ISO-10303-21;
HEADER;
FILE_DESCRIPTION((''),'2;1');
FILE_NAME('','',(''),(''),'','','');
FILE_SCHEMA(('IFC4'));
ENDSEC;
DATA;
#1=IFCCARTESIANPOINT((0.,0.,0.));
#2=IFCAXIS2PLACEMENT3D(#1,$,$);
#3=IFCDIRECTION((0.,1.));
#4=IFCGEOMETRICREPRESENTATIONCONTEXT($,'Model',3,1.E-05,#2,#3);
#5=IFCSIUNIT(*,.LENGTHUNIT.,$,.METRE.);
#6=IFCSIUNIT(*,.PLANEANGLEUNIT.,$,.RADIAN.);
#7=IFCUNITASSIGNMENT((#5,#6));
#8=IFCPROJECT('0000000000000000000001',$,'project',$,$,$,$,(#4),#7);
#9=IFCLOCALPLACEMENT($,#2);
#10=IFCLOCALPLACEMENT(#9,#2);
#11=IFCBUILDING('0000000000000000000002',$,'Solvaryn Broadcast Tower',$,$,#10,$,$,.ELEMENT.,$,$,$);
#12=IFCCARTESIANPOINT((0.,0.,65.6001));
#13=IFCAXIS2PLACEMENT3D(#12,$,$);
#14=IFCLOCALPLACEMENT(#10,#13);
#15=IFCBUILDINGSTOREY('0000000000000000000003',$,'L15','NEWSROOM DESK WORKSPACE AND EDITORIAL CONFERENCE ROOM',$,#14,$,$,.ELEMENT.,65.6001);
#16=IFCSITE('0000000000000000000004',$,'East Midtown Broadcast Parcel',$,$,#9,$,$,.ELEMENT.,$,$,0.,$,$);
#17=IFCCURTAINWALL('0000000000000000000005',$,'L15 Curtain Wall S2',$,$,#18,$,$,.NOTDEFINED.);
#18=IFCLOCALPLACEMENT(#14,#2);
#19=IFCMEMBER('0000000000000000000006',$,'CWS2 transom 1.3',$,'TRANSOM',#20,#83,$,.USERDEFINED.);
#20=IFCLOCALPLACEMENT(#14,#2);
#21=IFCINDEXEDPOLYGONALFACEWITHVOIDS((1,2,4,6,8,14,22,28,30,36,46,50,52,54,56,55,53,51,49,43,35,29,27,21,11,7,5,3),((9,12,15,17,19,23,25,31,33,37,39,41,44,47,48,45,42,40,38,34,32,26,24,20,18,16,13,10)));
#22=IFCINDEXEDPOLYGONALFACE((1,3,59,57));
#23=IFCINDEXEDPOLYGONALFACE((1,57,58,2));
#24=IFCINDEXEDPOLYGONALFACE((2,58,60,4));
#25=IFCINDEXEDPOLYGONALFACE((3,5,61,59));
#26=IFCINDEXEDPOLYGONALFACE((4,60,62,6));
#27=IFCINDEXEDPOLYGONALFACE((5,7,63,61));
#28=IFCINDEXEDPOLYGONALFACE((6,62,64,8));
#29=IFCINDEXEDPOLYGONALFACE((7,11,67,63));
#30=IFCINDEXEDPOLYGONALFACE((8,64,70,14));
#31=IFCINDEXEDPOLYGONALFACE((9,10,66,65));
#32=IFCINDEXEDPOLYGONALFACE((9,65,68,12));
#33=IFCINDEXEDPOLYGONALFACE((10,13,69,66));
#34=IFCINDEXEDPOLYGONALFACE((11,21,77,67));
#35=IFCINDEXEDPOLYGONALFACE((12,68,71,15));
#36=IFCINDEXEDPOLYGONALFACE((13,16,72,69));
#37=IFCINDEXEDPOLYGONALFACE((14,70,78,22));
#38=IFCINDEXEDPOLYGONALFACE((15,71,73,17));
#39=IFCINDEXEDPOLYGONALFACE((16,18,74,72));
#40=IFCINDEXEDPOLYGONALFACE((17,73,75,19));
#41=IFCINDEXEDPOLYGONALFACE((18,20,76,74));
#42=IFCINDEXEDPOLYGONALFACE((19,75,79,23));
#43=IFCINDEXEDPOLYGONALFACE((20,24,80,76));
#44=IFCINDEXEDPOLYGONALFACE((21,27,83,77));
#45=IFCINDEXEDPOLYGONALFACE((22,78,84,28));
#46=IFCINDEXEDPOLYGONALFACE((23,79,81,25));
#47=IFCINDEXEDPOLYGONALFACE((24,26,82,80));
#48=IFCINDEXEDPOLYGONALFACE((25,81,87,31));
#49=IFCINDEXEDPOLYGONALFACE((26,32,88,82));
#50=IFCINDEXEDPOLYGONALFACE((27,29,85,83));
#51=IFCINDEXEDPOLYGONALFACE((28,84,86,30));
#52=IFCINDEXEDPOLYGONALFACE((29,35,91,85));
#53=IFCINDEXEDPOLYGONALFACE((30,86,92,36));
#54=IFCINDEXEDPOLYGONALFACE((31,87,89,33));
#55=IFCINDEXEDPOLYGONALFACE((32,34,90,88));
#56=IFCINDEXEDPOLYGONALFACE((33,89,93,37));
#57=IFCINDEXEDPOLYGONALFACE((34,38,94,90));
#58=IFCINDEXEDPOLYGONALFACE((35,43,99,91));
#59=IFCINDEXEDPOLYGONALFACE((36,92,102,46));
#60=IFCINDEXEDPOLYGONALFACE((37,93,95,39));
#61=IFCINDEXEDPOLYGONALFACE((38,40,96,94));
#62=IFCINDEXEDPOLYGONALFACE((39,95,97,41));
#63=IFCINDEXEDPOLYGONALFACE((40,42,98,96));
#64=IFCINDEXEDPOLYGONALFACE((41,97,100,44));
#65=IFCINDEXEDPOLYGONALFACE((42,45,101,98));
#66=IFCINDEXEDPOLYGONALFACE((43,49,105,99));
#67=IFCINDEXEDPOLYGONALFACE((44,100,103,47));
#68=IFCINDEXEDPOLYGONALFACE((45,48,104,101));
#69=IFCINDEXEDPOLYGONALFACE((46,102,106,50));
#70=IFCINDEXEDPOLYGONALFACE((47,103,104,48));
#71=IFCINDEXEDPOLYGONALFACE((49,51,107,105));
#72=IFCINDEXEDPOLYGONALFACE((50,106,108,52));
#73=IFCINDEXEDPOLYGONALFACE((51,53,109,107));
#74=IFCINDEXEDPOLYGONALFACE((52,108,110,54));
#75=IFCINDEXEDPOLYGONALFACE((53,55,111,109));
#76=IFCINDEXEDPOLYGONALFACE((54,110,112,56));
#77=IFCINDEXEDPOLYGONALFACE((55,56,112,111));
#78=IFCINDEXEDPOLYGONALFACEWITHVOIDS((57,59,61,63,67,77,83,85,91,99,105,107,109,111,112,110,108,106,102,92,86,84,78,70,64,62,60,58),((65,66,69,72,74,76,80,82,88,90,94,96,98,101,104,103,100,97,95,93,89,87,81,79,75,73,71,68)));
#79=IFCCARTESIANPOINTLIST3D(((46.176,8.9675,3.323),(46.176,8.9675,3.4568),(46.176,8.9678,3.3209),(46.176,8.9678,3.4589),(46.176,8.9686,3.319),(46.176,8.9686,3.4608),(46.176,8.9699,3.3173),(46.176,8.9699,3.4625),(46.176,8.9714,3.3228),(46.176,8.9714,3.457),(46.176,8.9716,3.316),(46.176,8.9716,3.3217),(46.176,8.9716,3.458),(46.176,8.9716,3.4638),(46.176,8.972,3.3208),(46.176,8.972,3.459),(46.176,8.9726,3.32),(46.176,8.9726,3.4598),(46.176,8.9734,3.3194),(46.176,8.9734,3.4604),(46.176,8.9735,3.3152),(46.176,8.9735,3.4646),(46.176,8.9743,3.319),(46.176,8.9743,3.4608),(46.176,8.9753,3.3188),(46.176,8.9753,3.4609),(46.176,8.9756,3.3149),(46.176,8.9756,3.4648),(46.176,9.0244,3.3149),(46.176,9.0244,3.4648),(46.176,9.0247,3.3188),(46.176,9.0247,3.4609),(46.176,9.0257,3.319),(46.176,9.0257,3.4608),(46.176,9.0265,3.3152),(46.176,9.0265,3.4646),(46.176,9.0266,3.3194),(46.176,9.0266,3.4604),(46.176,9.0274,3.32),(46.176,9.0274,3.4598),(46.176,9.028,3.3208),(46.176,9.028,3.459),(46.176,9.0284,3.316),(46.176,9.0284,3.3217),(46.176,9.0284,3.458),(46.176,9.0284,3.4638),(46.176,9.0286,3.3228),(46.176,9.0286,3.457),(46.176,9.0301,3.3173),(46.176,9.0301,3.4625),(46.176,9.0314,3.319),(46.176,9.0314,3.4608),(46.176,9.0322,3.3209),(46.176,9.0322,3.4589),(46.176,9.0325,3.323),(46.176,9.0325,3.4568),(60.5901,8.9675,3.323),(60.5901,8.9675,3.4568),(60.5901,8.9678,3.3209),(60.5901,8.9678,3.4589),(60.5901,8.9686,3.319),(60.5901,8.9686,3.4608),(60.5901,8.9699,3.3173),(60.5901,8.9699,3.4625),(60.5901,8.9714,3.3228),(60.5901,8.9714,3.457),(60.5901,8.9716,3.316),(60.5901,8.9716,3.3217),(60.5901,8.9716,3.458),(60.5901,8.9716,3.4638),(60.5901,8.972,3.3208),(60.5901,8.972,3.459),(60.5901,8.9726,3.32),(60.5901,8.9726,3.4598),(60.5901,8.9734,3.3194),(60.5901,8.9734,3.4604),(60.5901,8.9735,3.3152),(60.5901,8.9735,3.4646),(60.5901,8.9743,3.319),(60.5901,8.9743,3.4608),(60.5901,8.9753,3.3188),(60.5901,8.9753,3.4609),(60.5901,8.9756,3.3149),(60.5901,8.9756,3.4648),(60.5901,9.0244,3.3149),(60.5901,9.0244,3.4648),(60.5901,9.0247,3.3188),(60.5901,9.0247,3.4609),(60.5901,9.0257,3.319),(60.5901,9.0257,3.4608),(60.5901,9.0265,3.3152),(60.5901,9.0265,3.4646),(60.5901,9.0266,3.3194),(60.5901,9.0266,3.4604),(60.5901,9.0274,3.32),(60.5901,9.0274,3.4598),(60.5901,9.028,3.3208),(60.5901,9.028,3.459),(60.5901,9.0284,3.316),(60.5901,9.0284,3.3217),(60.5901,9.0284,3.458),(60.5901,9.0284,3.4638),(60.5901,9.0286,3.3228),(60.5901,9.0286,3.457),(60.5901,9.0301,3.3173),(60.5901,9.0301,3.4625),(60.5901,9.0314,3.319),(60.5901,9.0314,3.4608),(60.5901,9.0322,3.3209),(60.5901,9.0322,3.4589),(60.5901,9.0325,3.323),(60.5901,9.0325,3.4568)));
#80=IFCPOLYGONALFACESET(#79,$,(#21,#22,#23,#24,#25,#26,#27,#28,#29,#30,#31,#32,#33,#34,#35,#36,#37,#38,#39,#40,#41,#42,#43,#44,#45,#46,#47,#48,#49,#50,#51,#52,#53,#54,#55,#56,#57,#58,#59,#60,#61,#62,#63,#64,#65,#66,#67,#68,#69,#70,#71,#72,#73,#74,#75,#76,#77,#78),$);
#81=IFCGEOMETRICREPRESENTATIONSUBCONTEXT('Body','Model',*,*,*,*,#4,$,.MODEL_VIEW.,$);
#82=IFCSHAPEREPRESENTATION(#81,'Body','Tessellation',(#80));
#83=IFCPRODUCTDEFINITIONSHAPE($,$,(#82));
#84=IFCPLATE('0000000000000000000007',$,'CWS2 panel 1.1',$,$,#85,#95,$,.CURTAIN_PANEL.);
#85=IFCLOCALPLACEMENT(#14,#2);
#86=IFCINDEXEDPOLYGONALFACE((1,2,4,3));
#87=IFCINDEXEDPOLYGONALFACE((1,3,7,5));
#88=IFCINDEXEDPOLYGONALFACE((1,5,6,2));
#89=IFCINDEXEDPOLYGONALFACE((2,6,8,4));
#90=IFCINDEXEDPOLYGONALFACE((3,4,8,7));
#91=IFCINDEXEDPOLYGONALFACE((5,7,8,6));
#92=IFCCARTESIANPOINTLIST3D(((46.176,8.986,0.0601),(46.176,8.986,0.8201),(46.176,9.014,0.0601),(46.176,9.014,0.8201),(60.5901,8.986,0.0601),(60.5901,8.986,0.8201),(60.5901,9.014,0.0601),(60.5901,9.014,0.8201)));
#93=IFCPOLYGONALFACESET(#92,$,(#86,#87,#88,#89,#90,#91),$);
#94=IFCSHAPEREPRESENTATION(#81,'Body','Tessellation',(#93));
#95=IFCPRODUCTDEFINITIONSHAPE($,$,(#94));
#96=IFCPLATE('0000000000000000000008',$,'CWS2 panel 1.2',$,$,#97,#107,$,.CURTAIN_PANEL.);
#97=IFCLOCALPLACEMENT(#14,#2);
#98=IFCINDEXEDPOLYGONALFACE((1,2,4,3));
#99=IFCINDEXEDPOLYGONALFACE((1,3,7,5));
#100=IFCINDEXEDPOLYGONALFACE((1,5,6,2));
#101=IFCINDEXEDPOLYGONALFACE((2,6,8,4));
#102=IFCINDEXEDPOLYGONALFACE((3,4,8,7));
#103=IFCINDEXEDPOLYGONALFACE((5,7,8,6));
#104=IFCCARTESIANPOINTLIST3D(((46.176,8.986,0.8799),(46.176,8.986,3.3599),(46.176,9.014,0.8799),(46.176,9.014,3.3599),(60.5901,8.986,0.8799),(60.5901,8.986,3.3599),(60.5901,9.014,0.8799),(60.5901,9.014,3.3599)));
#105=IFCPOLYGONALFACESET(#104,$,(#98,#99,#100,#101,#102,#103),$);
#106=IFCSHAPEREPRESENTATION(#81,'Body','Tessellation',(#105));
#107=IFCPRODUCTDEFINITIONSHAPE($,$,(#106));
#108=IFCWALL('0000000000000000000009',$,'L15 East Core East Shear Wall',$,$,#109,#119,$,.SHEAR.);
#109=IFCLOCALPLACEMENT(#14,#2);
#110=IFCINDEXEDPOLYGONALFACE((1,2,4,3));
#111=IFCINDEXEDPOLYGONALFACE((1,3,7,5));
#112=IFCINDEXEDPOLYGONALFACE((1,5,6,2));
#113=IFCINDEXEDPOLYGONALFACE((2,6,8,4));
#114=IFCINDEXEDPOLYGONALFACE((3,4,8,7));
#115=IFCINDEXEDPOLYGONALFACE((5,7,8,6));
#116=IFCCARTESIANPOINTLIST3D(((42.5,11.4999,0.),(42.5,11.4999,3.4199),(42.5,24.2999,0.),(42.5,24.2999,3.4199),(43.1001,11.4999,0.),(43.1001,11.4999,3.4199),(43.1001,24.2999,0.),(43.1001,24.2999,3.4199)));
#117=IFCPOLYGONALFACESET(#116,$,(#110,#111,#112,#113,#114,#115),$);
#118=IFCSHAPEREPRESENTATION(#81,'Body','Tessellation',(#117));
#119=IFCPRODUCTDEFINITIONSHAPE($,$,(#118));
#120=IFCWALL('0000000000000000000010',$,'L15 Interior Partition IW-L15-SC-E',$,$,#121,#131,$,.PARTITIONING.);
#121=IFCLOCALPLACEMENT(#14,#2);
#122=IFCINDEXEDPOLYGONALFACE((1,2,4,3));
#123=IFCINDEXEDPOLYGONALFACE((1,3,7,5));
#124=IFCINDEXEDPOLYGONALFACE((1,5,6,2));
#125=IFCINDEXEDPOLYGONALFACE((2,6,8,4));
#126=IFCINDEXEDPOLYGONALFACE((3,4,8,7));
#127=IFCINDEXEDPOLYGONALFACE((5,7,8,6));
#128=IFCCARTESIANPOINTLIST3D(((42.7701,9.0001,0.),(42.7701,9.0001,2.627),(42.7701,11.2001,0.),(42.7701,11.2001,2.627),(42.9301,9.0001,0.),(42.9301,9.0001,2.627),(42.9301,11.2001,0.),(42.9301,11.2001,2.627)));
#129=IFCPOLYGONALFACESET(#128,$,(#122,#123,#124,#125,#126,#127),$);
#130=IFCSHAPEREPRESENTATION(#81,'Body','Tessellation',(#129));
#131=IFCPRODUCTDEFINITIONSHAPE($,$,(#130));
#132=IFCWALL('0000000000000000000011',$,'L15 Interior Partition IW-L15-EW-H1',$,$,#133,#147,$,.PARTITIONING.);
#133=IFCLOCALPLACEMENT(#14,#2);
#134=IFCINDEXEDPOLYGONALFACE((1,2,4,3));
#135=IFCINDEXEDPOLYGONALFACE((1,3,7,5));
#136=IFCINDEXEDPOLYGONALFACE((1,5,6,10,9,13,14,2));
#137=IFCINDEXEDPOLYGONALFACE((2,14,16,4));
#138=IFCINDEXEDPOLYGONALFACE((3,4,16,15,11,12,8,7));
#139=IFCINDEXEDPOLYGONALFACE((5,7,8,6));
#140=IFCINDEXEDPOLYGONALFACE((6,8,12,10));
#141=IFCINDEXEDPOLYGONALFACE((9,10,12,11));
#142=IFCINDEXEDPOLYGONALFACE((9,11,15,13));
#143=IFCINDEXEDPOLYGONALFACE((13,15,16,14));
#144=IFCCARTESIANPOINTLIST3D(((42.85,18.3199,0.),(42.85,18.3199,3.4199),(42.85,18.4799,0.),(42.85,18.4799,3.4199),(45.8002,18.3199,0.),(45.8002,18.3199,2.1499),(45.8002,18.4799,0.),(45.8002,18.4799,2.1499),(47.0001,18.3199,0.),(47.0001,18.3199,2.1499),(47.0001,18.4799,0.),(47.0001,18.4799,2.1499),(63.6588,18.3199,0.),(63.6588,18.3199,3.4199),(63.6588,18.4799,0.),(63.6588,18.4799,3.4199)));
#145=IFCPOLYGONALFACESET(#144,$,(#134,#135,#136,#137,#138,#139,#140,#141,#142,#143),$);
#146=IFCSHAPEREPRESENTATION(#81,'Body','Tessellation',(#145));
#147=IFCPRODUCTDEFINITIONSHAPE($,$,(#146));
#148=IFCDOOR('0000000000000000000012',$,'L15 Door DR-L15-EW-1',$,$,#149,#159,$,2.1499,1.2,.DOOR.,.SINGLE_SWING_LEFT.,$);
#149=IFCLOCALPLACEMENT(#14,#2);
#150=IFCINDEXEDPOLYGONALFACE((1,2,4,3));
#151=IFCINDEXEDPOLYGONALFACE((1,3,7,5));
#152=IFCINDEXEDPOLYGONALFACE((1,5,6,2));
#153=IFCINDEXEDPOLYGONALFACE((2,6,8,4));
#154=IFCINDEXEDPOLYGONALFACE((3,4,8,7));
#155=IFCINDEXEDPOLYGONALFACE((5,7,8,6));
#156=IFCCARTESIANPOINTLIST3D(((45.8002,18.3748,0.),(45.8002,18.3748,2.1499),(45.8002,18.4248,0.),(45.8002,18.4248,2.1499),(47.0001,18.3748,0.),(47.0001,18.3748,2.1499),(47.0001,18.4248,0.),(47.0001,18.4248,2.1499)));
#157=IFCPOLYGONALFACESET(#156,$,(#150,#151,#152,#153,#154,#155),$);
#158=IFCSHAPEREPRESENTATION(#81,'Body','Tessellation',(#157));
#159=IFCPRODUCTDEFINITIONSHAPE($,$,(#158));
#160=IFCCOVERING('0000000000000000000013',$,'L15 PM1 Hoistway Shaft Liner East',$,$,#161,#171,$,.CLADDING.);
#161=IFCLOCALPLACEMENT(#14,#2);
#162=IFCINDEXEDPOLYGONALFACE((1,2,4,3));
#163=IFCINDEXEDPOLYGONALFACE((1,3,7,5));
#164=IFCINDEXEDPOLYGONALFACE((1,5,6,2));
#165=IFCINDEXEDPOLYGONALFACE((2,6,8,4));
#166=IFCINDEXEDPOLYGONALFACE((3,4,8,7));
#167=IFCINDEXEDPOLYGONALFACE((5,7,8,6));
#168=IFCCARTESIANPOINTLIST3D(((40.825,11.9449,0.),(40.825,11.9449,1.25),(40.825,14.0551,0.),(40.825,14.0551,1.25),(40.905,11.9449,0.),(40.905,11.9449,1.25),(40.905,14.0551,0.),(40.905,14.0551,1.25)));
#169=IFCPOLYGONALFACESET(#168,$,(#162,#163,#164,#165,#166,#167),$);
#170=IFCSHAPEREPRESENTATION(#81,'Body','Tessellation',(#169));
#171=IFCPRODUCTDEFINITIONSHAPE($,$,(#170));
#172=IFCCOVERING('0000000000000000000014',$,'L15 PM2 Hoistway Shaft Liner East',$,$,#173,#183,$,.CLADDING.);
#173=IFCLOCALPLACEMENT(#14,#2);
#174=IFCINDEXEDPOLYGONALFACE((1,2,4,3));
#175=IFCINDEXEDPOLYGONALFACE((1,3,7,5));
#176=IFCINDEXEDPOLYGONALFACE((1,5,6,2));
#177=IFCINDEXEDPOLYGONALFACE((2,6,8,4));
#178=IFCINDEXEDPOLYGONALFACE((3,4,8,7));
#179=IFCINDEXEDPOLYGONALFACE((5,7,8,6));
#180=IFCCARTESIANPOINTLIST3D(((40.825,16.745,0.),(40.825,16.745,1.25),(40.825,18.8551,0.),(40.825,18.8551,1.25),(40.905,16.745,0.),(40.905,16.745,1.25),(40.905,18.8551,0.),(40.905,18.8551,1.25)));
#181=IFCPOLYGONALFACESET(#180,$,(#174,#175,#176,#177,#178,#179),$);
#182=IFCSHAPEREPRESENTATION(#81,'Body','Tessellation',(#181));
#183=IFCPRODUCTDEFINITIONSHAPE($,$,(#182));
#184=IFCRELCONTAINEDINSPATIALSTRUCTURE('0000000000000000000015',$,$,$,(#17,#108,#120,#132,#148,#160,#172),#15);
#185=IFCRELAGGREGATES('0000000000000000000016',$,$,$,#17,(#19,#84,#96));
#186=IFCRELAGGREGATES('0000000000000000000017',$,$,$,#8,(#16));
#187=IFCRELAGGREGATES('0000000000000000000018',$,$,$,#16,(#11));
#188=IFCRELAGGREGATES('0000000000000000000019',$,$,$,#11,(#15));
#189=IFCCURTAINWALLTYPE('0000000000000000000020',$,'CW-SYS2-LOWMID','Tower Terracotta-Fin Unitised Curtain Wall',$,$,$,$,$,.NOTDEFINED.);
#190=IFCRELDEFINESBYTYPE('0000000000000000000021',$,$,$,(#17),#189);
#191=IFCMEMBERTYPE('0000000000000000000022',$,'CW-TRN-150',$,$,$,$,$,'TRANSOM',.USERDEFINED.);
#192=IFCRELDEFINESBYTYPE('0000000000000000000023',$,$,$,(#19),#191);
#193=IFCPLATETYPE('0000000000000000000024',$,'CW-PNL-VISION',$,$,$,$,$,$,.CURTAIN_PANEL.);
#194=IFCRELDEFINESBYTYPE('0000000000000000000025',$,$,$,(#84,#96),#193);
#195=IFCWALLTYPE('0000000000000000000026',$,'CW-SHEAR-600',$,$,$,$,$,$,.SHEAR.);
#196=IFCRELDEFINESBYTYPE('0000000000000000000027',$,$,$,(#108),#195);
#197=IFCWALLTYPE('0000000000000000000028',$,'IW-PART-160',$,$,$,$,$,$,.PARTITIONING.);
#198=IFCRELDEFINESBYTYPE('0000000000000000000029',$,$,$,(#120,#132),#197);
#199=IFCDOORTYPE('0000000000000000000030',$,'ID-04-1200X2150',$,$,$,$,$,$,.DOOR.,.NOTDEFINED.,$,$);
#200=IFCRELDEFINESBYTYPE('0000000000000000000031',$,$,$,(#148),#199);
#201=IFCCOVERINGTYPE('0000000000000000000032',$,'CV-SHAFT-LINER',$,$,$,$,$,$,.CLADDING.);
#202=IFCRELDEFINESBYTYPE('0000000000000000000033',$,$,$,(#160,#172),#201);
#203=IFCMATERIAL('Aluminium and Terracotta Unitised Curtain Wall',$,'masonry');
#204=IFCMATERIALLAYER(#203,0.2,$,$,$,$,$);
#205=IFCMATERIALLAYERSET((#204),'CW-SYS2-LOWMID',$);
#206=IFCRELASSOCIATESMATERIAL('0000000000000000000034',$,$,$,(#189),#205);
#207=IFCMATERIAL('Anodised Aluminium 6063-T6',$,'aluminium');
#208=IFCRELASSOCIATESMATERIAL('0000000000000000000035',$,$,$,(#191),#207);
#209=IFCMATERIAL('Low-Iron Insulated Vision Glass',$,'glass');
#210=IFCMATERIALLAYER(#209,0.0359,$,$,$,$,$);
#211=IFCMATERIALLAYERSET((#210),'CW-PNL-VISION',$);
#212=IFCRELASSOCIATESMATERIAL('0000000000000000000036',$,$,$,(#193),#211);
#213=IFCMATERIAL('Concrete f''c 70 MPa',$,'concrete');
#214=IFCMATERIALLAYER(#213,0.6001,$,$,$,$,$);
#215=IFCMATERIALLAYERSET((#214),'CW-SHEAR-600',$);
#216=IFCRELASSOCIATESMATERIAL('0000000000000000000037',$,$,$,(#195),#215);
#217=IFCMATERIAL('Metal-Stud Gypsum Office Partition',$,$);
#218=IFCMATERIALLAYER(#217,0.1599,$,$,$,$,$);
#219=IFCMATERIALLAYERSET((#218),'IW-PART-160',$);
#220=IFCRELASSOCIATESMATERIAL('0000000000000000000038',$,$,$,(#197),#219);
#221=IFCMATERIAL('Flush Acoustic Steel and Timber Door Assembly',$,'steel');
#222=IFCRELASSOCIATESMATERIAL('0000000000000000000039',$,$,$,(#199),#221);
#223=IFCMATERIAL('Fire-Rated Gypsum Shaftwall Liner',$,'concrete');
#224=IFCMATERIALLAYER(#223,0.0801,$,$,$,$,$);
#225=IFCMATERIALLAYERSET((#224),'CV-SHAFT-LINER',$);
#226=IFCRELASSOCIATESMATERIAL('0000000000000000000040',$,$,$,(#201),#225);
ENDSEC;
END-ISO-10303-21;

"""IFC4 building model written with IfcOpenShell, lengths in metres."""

from ifc_helpers import new_model, si_unit, direction, frame, frame_2d, origin, origin_2d, place, context, subcontext, project, spatial, rectangle, hollow_rectangle, extrude, material, layer, layer_set, material_profile, profile_set, type_object, element, fill, aggregate, save


model = new_model("IFC4")

# Units and contexts
model_context = context("Model", 3, precision=1e-05, world=origin(), true_north=direction((0.0, 1.0)))
body_context = subcontext(model_context, "Body", "Model", "MODEL_VIEW")
ifc_project = project(units=[si_unit("LENGTHUNIT", "METRE"), si_unit("PLANEANGLEUNIT", "RADIAN")], contexts=[model_context])

# Site, building, storey
site_placement = place(None, origin())
site = spatial("IfcSite", under=ifc_project, at=site_placement, Name="East Midtown Broadcast Parcel", CompositionType="ELEMENT", RefElevation=0.0)
building_placement = place(site_placement, origin())
building = spatial("IfcBuilding", under=site, at=building_placement, Name="Solvaryn Broadcast Tower", CompositionType="ELEMENT")
storey_placement = place(building_placement, frame((0.0, 0.0, 65.6001)))
storey = spatial("IfcBuildingStorey", under=building, at=storey_placement, Name="L15", Description="NEWSROOM DESK WORKSPACE AND EDITORIAL CONFERENCE ROOM", CompositionType="ELEMENT", Elevation=65.6001)

# Shared definitions
ifc_material_1 = material(Name="Aluminium and Terracotta Unitised Curtain Wall", Category="masonry")
ifc_layer_1 = layer(ifc_material_1, 0.2)
ifc_layer_set_1 = layer_set([ifc_layer_1], Name="CW-SYS2-LOWMID")
curtain_wall_type = type_object("IfcCurtainWallType", Name="CW-SYS2-LOWMID", Description="Tower Terracotta-Fin Unitised Curtain Wall", PredefinedType="NOTDEFINED", material=ifc_layer_set_1)

# Curtain wall, member, plates
curtain_wall_1_placement = place(storey_placement, origin())
curtain_wall_1 = element("IfcCurtainWall", 1, at=curtain_wall_1_placement, inside=storey, type_object=curtain_wall_type, Name="L15 Curtain Wall S2", PredefinedType="NOTDEFINED")
ifc_material_2 = material(Name="Anodised Aluminium 6063-T6", Category="aluminium")
ifc_material_profile_1 = material_profile(ifc_material_2, hollow_rectangle(XDim=0.0649, YDim=0.1499, WallThickness=0.0039, InnerFilletRadius=0.0039, OuterFilletRadius=0.0081, at=origin_2d()))
ifc_profile_set_1 = profile_set([ifc_material_profile_1], Name="Anodised Aluminium 6063-T6")
member_type_1 = type_object("IfcMemberType", Name="CW-TRN-150", ElementType="TRANSOM", PredefinedType="USERDEFINED", material=ifc_profile_set_1)
member_1_placement = place(storey_placement, frame((46.176, 9.0, 3.3899), z_axis=(1.0, 0.0, 0.0), x_axis=(0.0, 1.0, 0.0)))
member_1 = element("IfcMember", 2, at=member_1_placement, type_object=member_type_1, Name="CWS2 transom 1.3", ObjectType="TRANSOM", PredefinedType="USERDEFINED", context=body_context, shape_type="SweptSolid", body=[
    extrude(hollow_rectangle(XDim=0.0649, YDim=0.1499, WallThickness=0.0039, InnerFilletRadius=0.0039, OuterFilletRadius=0.0081, at=origin_2d()), origin(), (0.0, 0.0, 1.0), 14.4141),
])
ifc_material_3 = material(Name="Low-Iron Insulated Vision Glass", Category="glass")
ifc_layer_2 = layer(ifc_material_3, 0.0359)
ifc_layer_set_2 = layer_set([ifc_layer_2], Name="CW-PNL-VISION")
plate_type = type_object("IfcPlateType", Name="CW-PNL-VISION", PredefinedType="CURTAIN_PANEL", material=ifc_layer_set_2)
plate_1_placement = place(storey_placement, frame((53.3831, 9.0, 0.0601), z_axis=(0.0, 0.0, 1.0), x_axis=(1.0, 0.0, 0.0)))
plate_1 = element("IfcPlate", 3, at=plate_1_placement, type_object=plate_type, Name="CWS2 panel 1.1", PredefinedType="CURTAIN_PANEL", context=body_context, shape_type="SweptSolid", body=[
    extrude(rectangle(XDim=14.4141, YDim=0.0281, at=origin_2d()), origin(), (0.0, 0.0, 1.0), 0.76),
])
plate_2_placement = place(storey_placement, frame((53.3831, 9.0, 0.8799), z_axis=(0.0, 0.0, 1.0), x_axis=(1.0, 0.0, 0.0)))
plate_2 = element("IfcPlate", 4, at=plate_2_placement, type_object=plate_type, Name="CWS2 panel 1.2", PredefinedType="CURTAIN_PANEL", context=body_context, shape_type="SweptSolid", body=[
    extrude(rectangle(XDim=14.4141, YDim=0.0281, at=origin_2d()), origin(), (0.0, 0.0, 1.0), 2.48),
])
aggregate(curtain_wall_1, [member_1, plate_1, plate_2])

# Walls
ifc_material_4 = material(Name="Concrete f'c 70 MPa", Category="concrete")
ifc_layer_3 = layer(ifc_material_4, 0.6001)
ifc_layer_set_3 = layer_set([ifc_layer_3], Name="CW-SHEAR-600")
wall_type_1 = type_object("IfcWallType", Name="CW-SHEAR-600", PredefinedType="SHEAR", material=ifc_layer_set_3)
wall_1_placement = place(storey_placement, frame((42.8, 11.5, 0.0), z_axis=(0.0, 0.0, 1.0), x_axis=(0.0, 1.0, 0.0)))
element("IfcWall", 5, at=wall_1_placement, inside=storey, type_object=wall_type_1, Name="L15 East Core East Shear Wall", PredefinedType="SHEAR", context=body_context, shape_type="SweptSolid", body=[
    extrude(rectangle(XDim=12.8, YDim=0.6001, at=frame_2d((6.3999, 0.0))), origin(), (0.0, 0.0, 1.0), 3.4199),
])
ifc_material_5 = material(Name="Metal-Stud Gypsum Office Partition")
ifc_layer_4 = layer(ifc_material_5, 0.1599)
ifc_layer_set_4 = layer_set([ifc_layer_4], Name="IW-PART-160")
wall_type_2 = type_object("IfcWallType", Name="IW-PART-160", PredefinedType="PARTITIONING", material=ifc_layer_set_4)
wall_2_placement = place(storey_placement, frame((42.8501, 9.0, 0.0), z_axis=(0.0, 0.0, 1.0), x_axis=(0.0, 1.0, 0.0)))
element("IfcWall", 6, at=wall_2_placement, inside=storey, type_object=wall_type_2, Name="L15 Interior Partition IW-L15-SC-E", PredefinedType="PARTITIONING", context=body_context, shape_type="SweptSolid", body=[
    extrude(rectangle(XDim=2.2, YDim=0.1599, at=frame_2d((1.1001, 0.0))), origin(), (0.0, 0.0, 1.0), 2.627),
])

# Wall, opening, door
wall_3_placement = place(storey_placement, frame((42.8501, 18.3999, 0.0), z_axis=(0.0, 0.0, 1.0), x_axis=(1.0, 0.0, 0.0)))
wall_3 = element("IfcWall", 7, at=wall_3_placement, inside=storey, type_object=wall_type_2, Name="L15 Interior Partition IW-L15-EW-H1", PredefinedType="PARTITIONING", context=body_context, shape_type="SweptSolid", body=[
    extrude(rectangle(XDim=20.8088, YDim=0.1599, at=frame_2d((10.4043, 0.0))), origin(), (0.0, 0.0, 1.0), 3.4199),
])
opening_1_placement = place(wall_3_placement, frame((2.95, 0.0, 0.0)))
opening_1 = element("IfcOpeningElement", 8, at=opening_1_placement, cuts=wall_3, PredefinedType="OPENING", context=body_context, shape_type="SweptSolid", body=[
    extrude(rectangle(XDim=1.2, YDim=2.1499, at=frame_2d((0.6001, 1.075))), frame((0.0, 0.0901, 0.0), z_axis=(0.0, -1.0, 0.0), x_axis=(1.0, 0.0, 0.0)), (0.0, 0.0, 1.0), 0.1799),
])
ifc_material_6 = material(Name="Flush Acoustic Steel and Timber Door Assembly", Category="steel")
door_type_1 = type_object("IfcDoorType", Name="ID-04-1200X2150", OperationType="NOTDEFINED", PredefinedType="DOOR", material=ifc_material_6)
door_1_placement = place(opening_1_placement, origin())
door_1 = element("IfcDoor", 9, at=door_1_placement, inside=storey, type_object=door_type_1, Name="L15 Door DR-L15-EW-1", OperationType="SINGLE_SWING_LEFT", OverallHeight=2.1499, OverallWidth=1.2, PredefinedType="DOOR", context=body_context, shape_type="SweptSolid", body=[
    extrude(rectangle(XDim=1.2, YDim=2.1499, at=frame_2d((0.6001, 1.075))), frame((0.0, 0.0249, 0.0), z_axis=(0.0, -1.0, 0.0), x_axis=(1.0, 0.0, 0.0)), (0.0, 0.0, 1.0), 0.05),
])
fill(opening_1, door_1)

# Coverings
ifc_material_7 = material(Name="Fire-Rated Gypsum Shaftwall Liner", Category="concrete")
ifc_layer_5 = layer(ifc_material_7, 0.0801)
ifc_layer_set_5 = layer_set([ifc_layer_5], Name="CV-SHAFT-LINER")
covering_type_1 = type_object("IfcCoveringType", Name="CV-SHAFT-LINER", PredefinedType="CLADDING", material=ifc_layer_set_5)
for number, where, z_axis, x_axis, name in (
    (10, (40.865, 13.0, 0.0), (0.0, 0.0, 1.0), (1.0, 0.0, 0.0), "L15 PM1 Hoistway Shaft Liner East"),
    (11, (40.865, 17.8, 0.0), (0.0, 0.0, 1.0), (1.0, 0.0, 0.0), "L15 PM2 Hoistway Shaft Liner East"),
):
    element("IfcCovering", number, at=place(storey_placement, frame(where, z_axis=z_axis, x_axis=x_axis)), inside=storey, type_object=covering_type_1, Name=name, PredefinedType="CLADDING", context=body_context, shape_type="SweptSolid", body=[
        extrude(rectangle(XDim=0.0801, YDim=2.1101, at=origin_2d()), origin(), (0.0, 0.0, 1.0), 1.25),
    ])

save(model, "model.ifc")
